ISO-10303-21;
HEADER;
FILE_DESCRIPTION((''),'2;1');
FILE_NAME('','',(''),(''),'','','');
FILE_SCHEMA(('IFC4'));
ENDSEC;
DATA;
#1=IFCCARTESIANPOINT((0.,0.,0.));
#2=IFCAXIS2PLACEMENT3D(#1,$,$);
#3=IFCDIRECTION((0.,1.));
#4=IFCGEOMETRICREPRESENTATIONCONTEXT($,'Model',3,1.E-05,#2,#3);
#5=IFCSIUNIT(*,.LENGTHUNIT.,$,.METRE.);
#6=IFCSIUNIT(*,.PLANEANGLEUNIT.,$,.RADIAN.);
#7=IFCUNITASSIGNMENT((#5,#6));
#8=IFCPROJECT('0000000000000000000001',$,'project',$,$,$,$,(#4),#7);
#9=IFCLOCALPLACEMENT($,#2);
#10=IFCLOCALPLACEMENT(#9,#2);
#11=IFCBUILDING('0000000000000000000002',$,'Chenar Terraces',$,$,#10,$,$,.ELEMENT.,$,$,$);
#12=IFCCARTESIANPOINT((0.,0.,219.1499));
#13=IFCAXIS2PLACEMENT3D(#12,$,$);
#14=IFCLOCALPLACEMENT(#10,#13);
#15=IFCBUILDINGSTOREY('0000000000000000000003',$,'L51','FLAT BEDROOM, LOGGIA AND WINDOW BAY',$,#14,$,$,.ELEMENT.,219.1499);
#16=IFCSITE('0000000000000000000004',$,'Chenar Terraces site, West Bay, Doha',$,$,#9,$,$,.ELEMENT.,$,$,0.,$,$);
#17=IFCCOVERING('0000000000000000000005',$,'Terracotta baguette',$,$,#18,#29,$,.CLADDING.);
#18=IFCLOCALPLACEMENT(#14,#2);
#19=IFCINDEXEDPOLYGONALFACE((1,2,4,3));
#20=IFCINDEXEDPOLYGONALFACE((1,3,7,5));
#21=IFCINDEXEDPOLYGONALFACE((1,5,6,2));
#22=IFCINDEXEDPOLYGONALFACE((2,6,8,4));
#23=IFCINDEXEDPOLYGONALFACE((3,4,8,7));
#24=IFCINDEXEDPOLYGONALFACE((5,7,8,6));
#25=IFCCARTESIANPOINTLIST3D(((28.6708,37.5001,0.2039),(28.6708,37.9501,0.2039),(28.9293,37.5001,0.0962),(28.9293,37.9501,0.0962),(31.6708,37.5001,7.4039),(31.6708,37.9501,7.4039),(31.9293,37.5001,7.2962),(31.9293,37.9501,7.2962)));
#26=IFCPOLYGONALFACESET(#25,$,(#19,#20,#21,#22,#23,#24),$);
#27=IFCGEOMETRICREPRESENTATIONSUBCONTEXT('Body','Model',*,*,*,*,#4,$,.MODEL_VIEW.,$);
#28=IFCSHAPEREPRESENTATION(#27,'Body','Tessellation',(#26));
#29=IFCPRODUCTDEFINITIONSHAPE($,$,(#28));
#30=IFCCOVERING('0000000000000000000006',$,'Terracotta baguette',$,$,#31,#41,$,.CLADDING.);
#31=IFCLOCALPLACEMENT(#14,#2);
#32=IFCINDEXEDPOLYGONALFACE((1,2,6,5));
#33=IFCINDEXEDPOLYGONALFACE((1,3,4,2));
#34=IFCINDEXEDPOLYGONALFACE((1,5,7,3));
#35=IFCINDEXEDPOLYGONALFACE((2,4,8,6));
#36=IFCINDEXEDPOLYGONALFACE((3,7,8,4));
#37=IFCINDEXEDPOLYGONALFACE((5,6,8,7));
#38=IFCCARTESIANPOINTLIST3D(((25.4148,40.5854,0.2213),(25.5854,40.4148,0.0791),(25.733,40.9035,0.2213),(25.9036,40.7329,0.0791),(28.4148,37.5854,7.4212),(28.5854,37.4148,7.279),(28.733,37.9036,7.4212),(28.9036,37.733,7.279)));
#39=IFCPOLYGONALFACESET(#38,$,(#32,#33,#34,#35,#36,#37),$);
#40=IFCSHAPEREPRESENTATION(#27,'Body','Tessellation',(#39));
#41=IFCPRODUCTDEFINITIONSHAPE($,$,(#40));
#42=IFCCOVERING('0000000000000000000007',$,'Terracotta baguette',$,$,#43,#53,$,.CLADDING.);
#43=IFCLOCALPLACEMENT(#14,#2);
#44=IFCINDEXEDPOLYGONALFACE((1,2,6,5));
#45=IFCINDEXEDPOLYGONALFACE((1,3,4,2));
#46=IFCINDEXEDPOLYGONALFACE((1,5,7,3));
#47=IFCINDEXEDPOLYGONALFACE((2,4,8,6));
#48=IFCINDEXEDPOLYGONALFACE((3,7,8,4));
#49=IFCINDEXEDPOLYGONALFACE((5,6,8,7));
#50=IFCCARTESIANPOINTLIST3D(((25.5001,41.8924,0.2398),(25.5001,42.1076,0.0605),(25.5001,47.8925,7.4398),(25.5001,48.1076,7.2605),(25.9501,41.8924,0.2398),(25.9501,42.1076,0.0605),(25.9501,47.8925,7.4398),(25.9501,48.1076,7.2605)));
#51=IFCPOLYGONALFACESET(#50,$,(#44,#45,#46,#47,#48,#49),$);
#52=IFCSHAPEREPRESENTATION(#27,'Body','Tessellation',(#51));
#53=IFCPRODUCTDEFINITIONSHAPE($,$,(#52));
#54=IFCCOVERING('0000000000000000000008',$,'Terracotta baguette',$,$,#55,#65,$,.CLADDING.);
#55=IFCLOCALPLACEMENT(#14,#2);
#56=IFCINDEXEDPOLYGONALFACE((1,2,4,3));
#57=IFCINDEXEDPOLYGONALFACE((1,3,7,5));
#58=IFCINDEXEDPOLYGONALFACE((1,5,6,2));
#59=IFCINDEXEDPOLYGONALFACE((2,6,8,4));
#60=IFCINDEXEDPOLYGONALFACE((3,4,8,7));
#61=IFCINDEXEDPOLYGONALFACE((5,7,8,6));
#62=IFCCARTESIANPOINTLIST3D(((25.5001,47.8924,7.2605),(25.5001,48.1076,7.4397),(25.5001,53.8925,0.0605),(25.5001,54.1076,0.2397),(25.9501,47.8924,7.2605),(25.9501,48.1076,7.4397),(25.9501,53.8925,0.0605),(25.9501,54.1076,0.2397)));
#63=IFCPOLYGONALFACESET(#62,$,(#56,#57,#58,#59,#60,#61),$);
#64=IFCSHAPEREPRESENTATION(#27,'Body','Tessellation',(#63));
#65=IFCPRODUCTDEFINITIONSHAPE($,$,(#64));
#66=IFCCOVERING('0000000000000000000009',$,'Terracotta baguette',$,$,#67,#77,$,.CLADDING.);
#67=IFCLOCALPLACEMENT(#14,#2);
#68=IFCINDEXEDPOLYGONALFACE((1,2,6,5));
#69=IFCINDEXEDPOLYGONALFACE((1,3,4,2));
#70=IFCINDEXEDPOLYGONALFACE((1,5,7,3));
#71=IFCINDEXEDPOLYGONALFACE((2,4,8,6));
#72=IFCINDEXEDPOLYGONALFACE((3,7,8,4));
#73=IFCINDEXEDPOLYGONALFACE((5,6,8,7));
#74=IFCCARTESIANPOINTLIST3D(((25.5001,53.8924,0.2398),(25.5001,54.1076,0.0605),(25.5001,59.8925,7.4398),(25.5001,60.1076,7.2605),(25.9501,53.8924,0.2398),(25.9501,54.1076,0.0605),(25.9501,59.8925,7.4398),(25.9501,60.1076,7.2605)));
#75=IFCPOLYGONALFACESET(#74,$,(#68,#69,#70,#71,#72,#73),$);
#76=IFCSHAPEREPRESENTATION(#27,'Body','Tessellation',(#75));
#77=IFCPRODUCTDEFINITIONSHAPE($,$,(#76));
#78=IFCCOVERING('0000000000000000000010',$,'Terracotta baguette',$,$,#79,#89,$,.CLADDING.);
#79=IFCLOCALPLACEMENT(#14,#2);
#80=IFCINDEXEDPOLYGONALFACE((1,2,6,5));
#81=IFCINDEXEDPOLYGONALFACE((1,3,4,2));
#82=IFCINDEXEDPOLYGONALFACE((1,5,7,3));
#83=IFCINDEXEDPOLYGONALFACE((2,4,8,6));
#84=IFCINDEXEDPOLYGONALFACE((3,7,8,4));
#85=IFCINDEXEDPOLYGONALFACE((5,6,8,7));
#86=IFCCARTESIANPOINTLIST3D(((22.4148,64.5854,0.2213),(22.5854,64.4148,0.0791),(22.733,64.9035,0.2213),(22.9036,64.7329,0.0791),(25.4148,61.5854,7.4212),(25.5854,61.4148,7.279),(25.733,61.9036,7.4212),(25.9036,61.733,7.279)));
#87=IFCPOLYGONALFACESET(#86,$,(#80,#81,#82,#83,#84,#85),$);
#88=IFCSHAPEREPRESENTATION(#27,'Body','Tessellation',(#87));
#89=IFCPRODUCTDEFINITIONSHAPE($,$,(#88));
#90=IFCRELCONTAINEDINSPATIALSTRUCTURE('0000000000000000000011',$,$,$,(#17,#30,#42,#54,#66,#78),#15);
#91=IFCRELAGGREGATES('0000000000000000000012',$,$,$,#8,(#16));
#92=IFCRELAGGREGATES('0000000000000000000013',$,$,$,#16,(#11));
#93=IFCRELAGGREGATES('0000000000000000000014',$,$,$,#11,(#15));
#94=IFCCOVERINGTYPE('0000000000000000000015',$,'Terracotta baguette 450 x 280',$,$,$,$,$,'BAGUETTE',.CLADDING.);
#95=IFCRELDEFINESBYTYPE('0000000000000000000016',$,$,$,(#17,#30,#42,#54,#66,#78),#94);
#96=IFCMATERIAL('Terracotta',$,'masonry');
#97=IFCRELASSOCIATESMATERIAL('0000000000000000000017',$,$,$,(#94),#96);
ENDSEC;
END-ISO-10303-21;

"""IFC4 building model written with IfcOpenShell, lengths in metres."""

from ifc_helpers import new_model, si_unit, direction, frame, origin, origin_2d, place, context, subcontext, project, spatial, rectangle, extrude, material, material_profile, profile_set, type_object, element, save


model = new_model("IFC4")

# Units and contexts
model_context = context("Model", 3, precision=1e-05, world=origin(), true_north=direction((0.0, 1.0)))
body_context = subcontext(model_context, "Body", "Model", "MODEL_VIEW")
ifc_project = project(units=[si_unit("LENGTHUNIT", "METRE"), si_unit("PLANEANGLEUNIT", "RADIAN")], contexts=[model_context])

# Site, building, storey
site_placement = place(None, origin())
site = spatial("IfcSite", under=ifc_project, at=site_placement, Name="Chenar Terraces site, West Bay, Doha", CompositionType="ELEMENT", RefElevation=0.0)
building_placement = place(site_placement, origin())
building = spatial("IfcBuilding", under=site, at=building_placement, Name="Chenar Terraces", CompositionType="ELEMENT")
storey_placement = place(building_placement, frame((0.0, 0.0, 219.1499)))
storey = spatial("IfcBuildingStorey", under=building, at=storey_placement, Name="L51", Description="FLAT BEDROOM, LOGGIA AND WINDOW BAY", CompositionType="ELEMENT", Elevation=219.1499)

# Coverings
ifc_material_1 = material(Name="Terracotta", Category="masonry")
ifc_material_profile_1 = material_profile(ifc_material_1, rectangle(XDim=0.45, YDim=0.28, at=origin_2d()), Name="Terracotta baguette 450 x 280")
ifc_profile_set_1 = profile_set([ifc_material_profile_1], Name="Terracotta")
covering_type = type_object("IfcCoveringType", Name="Terracotta baguette 450 x 280", ElementType="BAGUETTE", PredefinedType="CLADDING", material=ifc_profile_set_1)
covering_1_placement = place(storey_placement, frame((31.8, 37.7251, 7.3501), z_axis=(-0.384618, 0.0, -0.923076), x_axis=(0.0, -1.0, 0.0)))
element("IfcCovering", 1, at=covering_1_placement, inside=storey, type_object=covering_type, Name="Terracotta baguette", PredefinedType="CLADDING", context=body_context, shape_type="SweptSolid", body=[
    extrude(rectangle(XDim=0.45, YDim=0.28, at=origin_2d()), origin(), (0.0, 0.0, 1.0), 7.8),
])
covering_2_placement = place(storey_placement, frame((28.6592, 37.6592, 7.3501), z_axis=(-0.358981, 0.358981, -0.861548), x_axis=(-0.707107, -0.707107, 0.0)))
element("IfcCovering", 2, at=covering_2_placement, inside=storey, type_object=covering_type, Name="Terracotta baguette", PredefinedType="CLADDING", context=body_context, shape_type="SweptSolid", body=[
    extrude(rectangle(XDim=0.45, YDim=0.28, at=origin_2d()), origin(), (0.0, 0.0, 1.0), 8.3569),
])
for number, where, z_axis, x_axis, name in (
    (3, (25.7251, 42.0, 0.1501), (0.0, 0.640187, 0.768219), (-1.0, 0.0, 0.0), "Terracotta baguette"),
    (4, (25.7251, 48.0, 7.3501), (0.0, 0.640187, -0.768219), (-1.0, 0.0, 0.0), "Terracotta baguette"),
    (5, (25.7251, 54.0, 0.1501), (0.0, 0.640187, 0.768219), (-1.0, 0.0, 0.0), "Terracotta baguette"),
):
    element("IfcCovering", number, at=place(storey_placement, frame(where, z_axis=z_axis, x_axis=x_axis)), inside=storey, type_object=covering_type, Name=name, PredefinedType="CLADDING", context=body_context, shape_type="SweptSolid", body=[
        extrude(rectangle(XDim=0.45, YDim=0.28, at=origin_2d()), origin(), (0.0, 0.0, 1.0), 9.3723),
    ])
covering_3_placement = place(storey_placement, frame((25.6592, 61.6592, 7.3501), z_axis=(-0.358981, 0.358981, -0.861548), x_axis=(-0.707107, -0.707107, 0.0)))
element("IfcCovering", 6, at=covering_3_placement, inside=storey, type_object=covering_type, Name="Terracotta baguette", PredefinedType="CLADDING", context=body_context, shape_type="SweptSolid", body=[
    extrude(rectangle(XDim=0.45, YDim=0.28, at=origin_2d()), origin(), (0.0, 0.0, 1.0), 8.3569),
])

save(model, "model.ifc")
